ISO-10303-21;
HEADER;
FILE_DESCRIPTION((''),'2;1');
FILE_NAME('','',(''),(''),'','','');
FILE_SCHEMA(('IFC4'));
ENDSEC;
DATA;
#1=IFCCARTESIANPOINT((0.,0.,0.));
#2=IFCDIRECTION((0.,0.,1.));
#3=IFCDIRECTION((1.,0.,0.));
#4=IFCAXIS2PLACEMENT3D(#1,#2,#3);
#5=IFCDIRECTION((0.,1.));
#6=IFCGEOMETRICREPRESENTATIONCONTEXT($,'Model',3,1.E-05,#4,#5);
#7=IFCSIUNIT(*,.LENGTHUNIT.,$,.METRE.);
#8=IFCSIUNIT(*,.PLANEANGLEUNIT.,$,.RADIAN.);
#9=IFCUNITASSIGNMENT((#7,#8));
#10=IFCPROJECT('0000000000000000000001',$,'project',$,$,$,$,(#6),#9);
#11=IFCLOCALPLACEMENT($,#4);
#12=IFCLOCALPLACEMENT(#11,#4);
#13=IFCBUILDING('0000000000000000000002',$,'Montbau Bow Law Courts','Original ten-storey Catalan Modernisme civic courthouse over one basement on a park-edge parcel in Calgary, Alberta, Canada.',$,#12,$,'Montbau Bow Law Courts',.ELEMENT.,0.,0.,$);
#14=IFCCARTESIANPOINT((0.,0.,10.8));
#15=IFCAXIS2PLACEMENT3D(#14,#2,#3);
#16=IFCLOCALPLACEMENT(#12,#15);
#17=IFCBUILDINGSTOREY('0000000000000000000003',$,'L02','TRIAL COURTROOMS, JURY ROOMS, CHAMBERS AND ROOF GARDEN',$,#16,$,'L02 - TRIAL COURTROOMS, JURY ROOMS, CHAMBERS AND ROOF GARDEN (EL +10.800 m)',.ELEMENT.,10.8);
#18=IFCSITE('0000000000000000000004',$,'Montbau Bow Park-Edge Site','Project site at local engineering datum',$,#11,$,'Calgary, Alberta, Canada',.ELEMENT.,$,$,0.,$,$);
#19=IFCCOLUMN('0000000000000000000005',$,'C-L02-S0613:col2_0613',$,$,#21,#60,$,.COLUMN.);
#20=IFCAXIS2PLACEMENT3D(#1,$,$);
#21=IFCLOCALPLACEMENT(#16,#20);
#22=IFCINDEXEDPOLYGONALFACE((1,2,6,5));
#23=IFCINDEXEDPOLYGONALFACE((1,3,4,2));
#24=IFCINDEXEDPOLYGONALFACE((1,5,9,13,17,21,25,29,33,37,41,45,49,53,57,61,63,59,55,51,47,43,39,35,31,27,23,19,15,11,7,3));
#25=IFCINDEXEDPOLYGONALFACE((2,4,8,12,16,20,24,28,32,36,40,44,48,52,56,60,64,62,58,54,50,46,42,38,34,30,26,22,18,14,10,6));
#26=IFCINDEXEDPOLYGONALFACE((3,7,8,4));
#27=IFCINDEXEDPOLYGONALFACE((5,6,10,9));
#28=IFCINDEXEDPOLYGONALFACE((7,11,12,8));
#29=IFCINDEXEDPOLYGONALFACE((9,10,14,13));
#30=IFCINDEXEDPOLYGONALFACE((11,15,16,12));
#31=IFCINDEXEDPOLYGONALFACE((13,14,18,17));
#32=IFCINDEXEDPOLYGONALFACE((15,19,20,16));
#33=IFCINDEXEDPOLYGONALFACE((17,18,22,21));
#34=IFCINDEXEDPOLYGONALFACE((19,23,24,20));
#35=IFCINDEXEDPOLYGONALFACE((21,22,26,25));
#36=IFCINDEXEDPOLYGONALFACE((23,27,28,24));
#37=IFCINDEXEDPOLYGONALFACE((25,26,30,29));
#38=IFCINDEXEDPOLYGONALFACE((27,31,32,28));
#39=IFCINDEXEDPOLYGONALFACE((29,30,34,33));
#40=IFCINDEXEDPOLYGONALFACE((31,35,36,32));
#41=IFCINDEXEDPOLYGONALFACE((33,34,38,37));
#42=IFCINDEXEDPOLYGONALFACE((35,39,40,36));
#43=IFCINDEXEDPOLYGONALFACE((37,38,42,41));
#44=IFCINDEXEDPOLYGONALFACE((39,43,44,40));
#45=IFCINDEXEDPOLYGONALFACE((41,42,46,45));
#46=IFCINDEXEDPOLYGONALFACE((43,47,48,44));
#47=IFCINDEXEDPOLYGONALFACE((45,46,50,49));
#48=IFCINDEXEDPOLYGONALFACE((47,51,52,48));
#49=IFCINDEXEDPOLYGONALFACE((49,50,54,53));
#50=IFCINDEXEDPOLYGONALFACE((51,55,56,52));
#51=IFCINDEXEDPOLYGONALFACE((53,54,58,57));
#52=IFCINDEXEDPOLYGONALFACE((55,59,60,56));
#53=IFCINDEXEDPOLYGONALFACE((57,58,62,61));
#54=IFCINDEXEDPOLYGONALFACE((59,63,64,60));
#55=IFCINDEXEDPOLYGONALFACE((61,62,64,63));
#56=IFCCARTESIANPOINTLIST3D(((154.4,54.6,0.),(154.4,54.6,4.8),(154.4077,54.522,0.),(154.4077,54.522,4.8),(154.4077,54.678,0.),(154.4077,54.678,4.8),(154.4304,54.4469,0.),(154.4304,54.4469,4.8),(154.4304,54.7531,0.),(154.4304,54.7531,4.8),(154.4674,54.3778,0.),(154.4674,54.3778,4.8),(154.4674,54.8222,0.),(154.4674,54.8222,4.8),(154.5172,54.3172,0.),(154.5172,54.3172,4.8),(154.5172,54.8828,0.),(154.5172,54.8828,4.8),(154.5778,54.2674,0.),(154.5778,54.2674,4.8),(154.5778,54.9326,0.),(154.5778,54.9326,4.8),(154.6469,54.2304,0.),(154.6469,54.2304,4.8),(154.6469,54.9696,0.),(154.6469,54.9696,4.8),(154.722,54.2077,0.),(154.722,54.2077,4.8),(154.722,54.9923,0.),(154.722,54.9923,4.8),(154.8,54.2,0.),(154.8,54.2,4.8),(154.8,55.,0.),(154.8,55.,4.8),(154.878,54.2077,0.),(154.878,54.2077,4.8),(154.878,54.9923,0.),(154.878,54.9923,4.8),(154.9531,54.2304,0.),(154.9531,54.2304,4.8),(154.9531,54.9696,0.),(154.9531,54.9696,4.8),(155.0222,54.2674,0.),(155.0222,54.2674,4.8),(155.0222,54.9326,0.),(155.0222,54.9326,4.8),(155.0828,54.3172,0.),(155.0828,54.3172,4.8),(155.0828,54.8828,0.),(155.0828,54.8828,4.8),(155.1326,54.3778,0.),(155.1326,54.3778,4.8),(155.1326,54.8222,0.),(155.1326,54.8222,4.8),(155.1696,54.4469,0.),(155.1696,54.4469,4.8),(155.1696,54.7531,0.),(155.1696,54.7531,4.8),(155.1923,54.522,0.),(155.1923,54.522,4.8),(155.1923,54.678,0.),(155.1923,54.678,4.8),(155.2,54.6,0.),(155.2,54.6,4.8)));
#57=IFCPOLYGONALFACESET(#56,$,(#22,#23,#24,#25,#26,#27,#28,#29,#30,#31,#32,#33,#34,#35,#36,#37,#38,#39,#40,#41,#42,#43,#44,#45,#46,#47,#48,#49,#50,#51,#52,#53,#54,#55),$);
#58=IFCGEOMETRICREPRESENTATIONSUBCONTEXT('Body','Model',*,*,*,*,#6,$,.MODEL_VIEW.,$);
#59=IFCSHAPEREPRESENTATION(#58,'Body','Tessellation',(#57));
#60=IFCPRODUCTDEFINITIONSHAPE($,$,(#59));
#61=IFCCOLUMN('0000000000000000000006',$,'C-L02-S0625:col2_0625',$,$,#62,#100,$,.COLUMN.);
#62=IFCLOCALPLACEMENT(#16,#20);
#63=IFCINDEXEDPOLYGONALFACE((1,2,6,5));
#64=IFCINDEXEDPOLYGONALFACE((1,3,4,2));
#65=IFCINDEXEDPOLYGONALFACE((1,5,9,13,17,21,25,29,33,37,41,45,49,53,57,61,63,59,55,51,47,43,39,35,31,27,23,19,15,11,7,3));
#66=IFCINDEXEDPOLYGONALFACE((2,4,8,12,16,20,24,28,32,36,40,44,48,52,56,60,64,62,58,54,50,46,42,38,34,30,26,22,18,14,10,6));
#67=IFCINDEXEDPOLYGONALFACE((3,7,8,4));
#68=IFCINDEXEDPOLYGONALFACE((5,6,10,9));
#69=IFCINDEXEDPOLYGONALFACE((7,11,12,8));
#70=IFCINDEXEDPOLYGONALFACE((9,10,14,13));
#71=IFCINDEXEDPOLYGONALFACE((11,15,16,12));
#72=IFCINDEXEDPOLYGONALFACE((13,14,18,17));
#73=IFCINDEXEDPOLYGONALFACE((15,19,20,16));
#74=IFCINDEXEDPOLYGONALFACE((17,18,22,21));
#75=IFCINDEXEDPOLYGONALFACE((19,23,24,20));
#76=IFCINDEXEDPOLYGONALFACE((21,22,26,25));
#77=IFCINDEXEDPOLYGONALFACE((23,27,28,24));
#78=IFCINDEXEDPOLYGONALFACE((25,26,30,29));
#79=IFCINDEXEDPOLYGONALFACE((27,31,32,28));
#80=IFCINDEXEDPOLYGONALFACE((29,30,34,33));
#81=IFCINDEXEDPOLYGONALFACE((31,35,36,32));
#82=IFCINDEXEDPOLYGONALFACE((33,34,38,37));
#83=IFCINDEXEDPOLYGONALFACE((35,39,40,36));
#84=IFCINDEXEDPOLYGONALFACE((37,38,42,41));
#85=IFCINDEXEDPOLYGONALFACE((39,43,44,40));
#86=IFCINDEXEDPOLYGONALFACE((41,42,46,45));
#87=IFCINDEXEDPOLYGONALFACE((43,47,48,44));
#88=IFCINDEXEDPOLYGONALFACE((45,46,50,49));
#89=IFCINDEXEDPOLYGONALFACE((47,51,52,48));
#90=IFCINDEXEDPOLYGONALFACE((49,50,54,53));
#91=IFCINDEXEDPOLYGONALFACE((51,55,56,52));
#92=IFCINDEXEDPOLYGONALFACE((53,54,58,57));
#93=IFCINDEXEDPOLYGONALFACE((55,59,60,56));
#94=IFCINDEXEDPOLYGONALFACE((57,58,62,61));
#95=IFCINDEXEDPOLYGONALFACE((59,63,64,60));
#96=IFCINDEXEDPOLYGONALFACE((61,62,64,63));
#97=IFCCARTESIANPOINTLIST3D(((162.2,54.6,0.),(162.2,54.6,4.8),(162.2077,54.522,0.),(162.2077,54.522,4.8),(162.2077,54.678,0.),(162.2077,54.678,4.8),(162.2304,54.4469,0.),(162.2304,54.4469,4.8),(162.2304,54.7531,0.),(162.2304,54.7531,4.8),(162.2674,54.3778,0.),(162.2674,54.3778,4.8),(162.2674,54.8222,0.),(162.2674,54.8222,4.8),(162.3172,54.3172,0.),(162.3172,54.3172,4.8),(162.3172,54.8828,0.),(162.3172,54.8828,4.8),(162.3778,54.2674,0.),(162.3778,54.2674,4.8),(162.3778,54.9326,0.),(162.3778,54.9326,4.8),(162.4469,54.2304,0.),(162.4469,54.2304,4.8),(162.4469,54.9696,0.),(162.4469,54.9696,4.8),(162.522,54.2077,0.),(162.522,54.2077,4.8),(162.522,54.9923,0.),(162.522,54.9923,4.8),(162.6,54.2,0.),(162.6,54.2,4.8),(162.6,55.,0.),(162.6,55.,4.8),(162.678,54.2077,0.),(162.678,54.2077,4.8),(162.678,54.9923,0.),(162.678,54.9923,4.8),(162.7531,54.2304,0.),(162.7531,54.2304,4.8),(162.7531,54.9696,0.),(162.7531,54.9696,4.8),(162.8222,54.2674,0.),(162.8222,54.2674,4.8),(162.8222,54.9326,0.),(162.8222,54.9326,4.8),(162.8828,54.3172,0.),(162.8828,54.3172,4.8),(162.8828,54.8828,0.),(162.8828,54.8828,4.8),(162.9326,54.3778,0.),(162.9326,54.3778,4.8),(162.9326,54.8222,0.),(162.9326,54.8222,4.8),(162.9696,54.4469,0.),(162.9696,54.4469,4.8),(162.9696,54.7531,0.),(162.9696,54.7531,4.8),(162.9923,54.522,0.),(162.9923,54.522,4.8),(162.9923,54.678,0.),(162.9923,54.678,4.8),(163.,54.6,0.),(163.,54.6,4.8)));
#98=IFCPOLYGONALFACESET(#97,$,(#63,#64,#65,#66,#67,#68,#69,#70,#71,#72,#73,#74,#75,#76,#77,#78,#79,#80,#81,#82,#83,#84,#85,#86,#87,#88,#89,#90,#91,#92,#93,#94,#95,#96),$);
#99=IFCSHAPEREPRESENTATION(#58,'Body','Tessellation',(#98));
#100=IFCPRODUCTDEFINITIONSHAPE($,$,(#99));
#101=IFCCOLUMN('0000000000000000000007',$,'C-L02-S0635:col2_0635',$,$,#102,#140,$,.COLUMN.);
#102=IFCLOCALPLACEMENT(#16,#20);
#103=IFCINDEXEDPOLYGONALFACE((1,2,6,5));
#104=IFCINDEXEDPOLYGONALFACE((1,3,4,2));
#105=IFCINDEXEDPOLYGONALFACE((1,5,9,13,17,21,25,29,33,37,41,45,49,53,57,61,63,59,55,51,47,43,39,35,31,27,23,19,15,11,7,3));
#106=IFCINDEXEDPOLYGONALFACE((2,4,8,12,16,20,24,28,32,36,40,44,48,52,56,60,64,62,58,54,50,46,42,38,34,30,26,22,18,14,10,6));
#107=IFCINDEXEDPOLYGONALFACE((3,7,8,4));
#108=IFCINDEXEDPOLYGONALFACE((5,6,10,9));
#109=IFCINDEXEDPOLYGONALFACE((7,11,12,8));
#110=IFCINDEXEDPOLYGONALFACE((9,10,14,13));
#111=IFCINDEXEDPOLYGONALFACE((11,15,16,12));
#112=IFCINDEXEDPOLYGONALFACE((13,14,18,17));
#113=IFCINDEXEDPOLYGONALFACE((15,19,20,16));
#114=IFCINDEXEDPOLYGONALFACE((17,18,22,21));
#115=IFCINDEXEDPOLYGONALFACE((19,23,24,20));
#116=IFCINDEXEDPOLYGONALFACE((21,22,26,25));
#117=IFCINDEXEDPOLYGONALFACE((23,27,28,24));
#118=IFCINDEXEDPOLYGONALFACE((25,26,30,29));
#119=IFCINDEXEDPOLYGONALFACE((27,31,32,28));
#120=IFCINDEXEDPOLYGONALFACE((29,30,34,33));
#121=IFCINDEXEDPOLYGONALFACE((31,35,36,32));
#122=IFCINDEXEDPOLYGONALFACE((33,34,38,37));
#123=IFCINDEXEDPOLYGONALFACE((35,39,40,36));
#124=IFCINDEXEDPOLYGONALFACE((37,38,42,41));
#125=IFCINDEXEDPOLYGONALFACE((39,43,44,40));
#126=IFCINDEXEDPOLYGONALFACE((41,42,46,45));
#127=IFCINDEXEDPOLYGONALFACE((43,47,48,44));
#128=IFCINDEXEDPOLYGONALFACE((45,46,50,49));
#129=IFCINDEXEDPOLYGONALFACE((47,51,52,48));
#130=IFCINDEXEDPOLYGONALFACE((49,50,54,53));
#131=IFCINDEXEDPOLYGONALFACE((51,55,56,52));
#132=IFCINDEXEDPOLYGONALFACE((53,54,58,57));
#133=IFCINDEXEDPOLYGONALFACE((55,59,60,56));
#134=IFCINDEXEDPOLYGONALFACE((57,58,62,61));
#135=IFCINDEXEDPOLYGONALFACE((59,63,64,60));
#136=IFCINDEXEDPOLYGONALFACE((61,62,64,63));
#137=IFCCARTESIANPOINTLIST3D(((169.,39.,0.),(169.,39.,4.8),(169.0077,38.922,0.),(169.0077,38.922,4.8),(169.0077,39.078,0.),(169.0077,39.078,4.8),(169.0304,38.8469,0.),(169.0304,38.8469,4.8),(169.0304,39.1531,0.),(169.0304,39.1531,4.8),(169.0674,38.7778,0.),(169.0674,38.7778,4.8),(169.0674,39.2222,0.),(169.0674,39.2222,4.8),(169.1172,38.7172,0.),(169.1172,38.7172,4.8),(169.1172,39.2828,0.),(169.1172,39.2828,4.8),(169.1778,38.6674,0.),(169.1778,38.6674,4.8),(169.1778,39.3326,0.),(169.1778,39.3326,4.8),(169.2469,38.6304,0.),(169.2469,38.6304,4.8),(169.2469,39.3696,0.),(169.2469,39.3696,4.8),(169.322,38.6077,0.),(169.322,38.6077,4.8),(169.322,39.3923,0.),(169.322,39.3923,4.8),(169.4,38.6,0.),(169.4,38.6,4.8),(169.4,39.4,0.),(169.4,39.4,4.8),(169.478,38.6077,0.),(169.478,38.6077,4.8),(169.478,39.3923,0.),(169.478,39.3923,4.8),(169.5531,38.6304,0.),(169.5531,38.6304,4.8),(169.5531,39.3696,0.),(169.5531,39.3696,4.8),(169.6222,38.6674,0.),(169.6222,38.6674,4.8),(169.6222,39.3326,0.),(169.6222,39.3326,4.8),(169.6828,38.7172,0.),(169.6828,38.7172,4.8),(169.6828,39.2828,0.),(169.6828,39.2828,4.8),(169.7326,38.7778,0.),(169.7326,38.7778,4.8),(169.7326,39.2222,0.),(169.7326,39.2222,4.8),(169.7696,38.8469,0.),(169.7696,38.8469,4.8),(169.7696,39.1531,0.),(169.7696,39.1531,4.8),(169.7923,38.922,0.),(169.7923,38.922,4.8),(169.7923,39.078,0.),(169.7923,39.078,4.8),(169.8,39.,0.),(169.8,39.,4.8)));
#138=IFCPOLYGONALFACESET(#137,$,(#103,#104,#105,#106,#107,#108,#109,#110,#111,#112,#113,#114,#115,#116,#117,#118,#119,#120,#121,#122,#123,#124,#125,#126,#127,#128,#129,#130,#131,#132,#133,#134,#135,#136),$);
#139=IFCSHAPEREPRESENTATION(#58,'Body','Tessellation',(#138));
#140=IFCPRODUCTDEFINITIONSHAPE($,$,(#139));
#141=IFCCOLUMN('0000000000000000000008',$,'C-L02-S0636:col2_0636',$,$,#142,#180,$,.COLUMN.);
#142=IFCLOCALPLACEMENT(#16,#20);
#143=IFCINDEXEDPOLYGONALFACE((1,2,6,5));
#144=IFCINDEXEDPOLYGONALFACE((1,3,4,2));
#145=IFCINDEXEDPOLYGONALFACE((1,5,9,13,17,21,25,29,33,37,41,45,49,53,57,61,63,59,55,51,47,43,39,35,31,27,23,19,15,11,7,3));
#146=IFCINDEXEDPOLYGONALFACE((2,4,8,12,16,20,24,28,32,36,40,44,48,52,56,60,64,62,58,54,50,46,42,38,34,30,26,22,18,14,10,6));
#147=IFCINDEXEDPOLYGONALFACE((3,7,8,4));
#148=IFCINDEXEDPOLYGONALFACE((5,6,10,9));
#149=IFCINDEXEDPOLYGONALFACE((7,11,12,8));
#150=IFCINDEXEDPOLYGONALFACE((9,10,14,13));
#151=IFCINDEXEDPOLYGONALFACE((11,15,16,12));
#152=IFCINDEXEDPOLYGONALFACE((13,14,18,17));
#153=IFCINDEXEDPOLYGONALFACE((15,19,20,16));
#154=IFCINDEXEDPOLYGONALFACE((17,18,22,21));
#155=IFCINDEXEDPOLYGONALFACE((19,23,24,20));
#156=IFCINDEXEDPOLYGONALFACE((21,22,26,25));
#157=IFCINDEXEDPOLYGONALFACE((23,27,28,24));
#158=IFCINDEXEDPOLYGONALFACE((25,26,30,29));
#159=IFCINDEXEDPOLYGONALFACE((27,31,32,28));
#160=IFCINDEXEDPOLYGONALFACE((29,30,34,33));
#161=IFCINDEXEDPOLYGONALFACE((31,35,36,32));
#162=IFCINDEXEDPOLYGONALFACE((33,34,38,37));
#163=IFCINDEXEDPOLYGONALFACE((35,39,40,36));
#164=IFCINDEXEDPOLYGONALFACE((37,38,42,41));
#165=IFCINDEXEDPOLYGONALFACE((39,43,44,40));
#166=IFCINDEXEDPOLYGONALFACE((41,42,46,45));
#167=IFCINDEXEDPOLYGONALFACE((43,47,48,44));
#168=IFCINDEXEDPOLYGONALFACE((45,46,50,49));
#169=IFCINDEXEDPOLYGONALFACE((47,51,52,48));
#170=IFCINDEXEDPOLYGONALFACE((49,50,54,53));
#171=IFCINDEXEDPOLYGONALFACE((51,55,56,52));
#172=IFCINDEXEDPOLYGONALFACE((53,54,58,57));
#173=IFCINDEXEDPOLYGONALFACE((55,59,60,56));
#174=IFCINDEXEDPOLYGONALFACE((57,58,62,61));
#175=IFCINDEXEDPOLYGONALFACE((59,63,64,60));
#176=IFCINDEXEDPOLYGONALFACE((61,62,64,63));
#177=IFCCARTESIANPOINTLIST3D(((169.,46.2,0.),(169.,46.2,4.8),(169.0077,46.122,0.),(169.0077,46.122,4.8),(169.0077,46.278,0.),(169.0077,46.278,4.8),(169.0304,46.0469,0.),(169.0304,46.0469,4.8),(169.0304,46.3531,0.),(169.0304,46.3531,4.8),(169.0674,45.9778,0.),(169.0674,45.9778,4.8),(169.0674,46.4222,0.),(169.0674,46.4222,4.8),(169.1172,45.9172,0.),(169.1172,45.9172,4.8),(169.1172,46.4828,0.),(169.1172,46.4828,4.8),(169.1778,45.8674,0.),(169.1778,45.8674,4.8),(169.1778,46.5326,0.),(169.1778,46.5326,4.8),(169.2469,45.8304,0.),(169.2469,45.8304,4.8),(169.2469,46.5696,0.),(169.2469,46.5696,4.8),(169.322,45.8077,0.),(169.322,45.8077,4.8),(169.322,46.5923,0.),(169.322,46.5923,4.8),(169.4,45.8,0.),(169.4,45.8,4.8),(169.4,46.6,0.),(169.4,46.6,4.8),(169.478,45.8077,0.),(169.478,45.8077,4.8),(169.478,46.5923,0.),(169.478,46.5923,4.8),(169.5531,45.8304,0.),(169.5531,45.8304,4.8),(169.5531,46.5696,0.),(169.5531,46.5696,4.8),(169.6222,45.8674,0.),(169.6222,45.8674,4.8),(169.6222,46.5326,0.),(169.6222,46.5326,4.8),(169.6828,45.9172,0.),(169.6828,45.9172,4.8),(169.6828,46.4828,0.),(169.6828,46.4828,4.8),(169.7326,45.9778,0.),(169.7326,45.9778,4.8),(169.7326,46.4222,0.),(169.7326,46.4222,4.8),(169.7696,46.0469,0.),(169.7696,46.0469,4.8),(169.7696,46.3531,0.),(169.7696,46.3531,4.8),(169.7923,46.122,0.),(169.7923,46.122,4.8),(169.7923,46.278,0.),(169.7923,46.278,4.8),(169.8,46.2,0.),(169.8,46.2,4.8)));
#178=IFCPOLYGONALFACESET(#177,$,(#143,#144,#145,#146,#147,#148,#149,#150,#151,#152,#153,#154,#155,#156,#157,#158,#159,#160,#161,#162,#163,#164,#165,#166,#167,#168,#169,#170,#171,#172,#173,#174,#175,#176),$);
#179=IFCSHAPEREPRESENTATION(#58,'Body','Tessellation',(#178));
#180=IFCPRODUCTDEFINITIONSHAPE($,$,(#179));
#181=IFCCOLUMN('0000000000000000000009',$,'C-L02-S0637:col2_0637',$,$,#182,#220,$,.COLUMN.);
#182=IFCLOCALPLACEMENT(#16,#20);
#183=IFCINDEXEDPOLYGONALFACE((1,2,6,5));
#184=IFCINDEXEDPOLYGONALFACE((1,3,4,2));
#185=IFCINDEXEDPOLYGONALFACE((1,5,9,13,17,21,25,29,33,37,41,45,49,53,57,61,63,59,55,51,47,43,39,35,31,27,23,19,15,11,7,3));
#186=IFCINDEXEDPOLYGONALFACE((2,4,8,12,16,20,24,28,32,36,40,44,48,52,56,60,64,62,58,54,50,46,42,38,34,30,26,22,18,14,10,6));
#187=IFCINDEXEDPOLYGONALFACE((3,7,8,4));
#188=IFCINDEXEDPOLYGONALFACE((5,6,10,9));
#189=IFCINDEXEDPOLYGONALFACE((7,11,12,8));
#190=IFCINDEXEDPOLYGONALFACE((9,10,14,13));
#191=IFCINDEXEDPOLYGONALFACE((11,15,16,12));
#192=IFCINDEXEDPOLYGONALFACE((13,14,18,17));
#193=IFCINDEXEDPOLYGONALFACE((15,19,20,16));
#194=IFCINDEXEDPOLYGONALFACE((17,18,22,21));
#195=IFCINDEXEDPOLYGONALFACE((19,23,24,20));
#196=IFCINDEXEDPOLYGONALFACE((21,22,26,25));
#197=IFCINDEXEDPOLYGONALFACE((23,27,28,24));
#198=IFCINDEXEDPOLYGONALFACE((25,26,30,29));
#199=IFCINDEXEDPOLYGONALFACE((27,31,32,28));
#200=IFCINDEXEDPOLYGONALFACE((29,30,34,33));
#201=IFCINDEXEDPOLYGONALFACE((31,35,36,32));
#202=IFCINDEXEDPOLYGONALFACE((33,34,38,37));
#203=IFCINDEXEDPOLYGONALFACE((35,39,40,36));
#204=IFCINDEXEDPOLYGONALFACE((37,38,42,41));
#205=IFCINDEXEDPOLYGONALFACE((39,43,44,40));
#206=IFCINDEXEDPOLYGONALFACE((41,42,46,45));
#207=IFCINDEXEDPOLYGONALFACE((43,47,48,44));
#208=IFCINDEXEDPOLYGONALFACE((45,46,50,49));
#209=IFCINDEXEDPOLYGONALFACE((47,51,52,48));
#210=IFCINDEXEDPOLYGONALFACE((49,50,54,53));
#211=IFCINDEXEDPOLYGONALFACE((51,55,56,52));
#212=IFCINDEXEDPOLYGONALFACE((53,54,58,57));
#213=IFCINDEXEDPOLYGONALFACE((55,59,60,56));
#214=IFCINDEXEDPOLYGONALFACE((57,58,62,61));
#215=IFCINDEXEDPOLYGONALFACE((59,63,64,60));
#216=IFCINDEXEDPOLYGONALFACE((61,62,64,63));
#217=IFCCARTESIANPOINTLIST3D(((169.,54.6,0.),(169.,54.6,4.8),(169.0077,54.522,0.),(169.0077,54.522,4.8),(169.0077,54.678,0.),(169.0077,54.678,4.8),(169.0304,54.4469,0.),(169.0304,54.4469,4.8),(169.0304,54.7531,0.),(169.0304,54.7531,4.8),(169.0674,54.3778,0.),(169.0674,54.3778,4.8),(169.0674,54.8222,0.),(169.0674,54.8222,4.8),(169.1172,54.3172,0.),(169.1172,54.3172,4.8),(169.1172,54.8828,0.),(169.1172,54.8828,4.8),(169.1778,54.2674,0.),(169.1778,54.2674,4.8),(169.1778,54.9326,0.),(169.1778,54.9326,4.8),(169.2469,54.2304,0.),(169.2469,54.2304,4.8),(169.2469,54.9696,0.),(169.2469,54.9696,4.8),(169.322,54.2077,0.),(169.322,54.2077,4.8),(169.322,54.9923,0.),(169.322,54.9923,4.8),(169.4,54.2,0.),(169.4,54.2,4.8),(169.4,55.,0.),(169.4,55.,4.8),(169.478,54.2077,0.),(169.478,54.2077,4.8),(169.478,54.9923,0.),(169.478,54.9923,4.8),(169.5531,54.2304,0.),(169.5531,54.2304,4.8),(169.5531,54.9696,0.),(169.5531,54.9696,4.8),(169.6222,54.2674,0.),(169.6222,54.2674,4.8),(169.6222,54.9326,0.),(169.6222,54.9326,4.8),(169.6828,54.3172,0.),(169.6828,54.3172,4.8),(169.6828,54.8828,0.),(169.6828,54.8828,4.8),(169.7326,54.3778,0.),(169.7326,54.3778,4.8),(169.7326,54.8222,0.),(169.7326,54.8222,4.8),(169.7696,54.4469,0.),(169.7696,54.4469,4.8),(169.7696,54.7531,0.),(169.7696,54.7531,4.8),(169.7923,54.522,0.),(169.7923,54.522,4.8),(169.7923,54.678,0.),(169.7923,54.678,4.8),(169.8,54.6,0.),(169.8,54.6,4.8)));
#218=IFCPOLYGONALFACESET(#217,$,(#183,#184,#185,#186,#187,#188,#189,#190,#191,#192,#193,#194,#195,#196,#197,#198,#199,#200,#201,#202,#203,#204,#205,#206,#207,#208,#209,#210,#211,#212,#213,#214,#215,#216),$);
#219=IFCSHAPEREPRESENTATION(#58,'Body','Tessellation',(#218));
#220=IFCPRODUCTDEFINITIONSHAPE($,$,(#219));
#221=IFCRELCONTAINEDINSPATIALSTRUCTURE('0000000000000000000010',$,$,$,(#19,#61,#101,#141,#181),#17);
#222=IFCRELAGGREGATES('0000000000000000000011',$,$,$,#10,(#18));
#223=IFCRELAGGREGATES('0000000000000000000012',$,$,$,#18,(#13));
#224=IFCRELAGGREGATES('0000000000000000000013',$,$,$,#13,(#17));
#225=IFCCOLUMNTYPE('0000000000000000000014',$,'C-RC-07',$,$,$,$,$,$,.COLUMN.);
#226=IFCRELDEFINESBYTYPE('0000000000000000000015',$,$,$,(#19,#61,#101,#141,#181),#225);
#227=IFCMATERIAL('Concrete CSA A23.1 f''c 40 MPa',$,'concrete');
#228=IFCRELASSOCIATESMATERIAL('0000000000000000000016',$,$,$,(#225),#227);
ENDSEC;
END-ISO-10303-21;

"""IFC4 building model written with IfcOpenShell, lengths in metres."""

from ifc_helpers import new_model, si_unit, direction, frame, origin_with_axes, origin_2d_with_axis, place, context, subcontext, project, spatial, circle, extrude, material, material_profile, profile_set, type_object, element, save


model = new_model("IFC4")

# Units and contexts
model_context = context("Model", 3, precision=1e-05, world=origin_with_axes(), true_north=direction((0.0, 1.0)))
body_context = subcontext(model_context, "Body", "Model", "MODEL_VIEW")
ifc_project = project(units=[si_unit("LENGTHUNIT", "METRE"), si_unit("PLANEANGLEUNIT", "RADIAN")], contexts=[model_context])

# Site, building, storey
site_placement = place(None, origin_with_axes())
site = spatial("IfcSite", under=ifc_project, at=site_placement, Name="Montbau Bow Park-Edge Site", Description="Project site at local engineering datum", LongName="Calgary, Alberta, Canada", CompositionType="ELEMENT", RefElevation=0.0)
building_placement = place(site_placement, origin_with_axes())
building = spatial("IfcBuilding", under=site, at=building_placement, Name="Montbau Bow Law Courts", Description="Original ten-storey Catalan Modernisme civic courthouse over one basement on a park-edge parcel in Calgary, Alberta, Canada.", LongName="Montbau Bow Law Courts", CompositionType="ELEMENT", ElevationOfRefHeight=0.0, ElevationOfTerrain=0.0)
storey_placement = place(building_placement, frame((0.0, 0.0, 10.8), z_axis=(0.0, 0.0, 1.0), x_axis=(1.0, 0.0, 0.0)))
storey = spatial("IfcBuildingStorey", under=building, at=storey_placement, Name="L02", Description="TRIAL COURTROOMS, JURY ROOMS, CHAMBERS AND ROOF GARDEN", LongName="L02 - TRIAL COURTROOMS, JURY ROOMS, CHAMBERS AND ROOF GARDEN (EL +10.800 m)", CompositionType="ELEMENT", Elevation=10.8)

# Columns
ifc_material_1 = material(Name="Concrete CSA A23.1 f'c 40 MPa", Category="concrete")
ifc_material_profile_1 = material_profile(ifc_material_1, circle(Radius=0.4, at=origin_2d_with_axis()), Name="RC800D", Category="Main", Priority=0)
ifc_profile_set_1 = profile_set([ifc_material_profile_1], Name="Concrete CSA A23.1 f'c 40 MPa")
column_type_1 = type_object("IfcColumnType", Name="C-RC-07", PredefinedType="COLUMN", material=ifc_profile_set_1)
for number, where, z_axis, x_axis, name in (
    (1, (154.8, 54.6, 10.8), (0.0, 0.0, 1.0), (1.0, 0.0, 0.0), "C-L02-S0613:col2_0613"),
    (2, (162.6, 54.6, 10.8), (0.0, 0.0, 1.0), (1.0, 0.0, 0.0), "C-L02-S0625:col2_0625"),
    (3, (169.4, 39.0, 10.8), (0.0, 0.0, 1.0), (1.0, 0.0, 0.0), "C-L02-S0635:col2_0635"),
    (4, (169.4, 46.2, 10.8), (0.0, 0.0, 1.0), (1.0, 0.0, 0.0), "C-L02-S0636:col2_0636"),
    (5, (169.4, 54.6, 10.8), (0.0, 0.0, 1.0), (1.0, 0.0, 0.0), "C-L02-S0637:col2_0637"),
):
    element("IfcColumn", number, at=place(None, frame(where, z_axis=z_axis, x_axis=x_axis)), inside=storey, type_object=column_type_1, Name=name, PredefinedType="COLUMN", context=body_context, shape_type="SweptSolid", body=[
        extrude(circle(Radius=0.4, at=origin_2d_with_axis()), origin_with_axes(), (0.0, 0.0, 1.0), 4.8),
    ])

save(model, "model.ifc")
